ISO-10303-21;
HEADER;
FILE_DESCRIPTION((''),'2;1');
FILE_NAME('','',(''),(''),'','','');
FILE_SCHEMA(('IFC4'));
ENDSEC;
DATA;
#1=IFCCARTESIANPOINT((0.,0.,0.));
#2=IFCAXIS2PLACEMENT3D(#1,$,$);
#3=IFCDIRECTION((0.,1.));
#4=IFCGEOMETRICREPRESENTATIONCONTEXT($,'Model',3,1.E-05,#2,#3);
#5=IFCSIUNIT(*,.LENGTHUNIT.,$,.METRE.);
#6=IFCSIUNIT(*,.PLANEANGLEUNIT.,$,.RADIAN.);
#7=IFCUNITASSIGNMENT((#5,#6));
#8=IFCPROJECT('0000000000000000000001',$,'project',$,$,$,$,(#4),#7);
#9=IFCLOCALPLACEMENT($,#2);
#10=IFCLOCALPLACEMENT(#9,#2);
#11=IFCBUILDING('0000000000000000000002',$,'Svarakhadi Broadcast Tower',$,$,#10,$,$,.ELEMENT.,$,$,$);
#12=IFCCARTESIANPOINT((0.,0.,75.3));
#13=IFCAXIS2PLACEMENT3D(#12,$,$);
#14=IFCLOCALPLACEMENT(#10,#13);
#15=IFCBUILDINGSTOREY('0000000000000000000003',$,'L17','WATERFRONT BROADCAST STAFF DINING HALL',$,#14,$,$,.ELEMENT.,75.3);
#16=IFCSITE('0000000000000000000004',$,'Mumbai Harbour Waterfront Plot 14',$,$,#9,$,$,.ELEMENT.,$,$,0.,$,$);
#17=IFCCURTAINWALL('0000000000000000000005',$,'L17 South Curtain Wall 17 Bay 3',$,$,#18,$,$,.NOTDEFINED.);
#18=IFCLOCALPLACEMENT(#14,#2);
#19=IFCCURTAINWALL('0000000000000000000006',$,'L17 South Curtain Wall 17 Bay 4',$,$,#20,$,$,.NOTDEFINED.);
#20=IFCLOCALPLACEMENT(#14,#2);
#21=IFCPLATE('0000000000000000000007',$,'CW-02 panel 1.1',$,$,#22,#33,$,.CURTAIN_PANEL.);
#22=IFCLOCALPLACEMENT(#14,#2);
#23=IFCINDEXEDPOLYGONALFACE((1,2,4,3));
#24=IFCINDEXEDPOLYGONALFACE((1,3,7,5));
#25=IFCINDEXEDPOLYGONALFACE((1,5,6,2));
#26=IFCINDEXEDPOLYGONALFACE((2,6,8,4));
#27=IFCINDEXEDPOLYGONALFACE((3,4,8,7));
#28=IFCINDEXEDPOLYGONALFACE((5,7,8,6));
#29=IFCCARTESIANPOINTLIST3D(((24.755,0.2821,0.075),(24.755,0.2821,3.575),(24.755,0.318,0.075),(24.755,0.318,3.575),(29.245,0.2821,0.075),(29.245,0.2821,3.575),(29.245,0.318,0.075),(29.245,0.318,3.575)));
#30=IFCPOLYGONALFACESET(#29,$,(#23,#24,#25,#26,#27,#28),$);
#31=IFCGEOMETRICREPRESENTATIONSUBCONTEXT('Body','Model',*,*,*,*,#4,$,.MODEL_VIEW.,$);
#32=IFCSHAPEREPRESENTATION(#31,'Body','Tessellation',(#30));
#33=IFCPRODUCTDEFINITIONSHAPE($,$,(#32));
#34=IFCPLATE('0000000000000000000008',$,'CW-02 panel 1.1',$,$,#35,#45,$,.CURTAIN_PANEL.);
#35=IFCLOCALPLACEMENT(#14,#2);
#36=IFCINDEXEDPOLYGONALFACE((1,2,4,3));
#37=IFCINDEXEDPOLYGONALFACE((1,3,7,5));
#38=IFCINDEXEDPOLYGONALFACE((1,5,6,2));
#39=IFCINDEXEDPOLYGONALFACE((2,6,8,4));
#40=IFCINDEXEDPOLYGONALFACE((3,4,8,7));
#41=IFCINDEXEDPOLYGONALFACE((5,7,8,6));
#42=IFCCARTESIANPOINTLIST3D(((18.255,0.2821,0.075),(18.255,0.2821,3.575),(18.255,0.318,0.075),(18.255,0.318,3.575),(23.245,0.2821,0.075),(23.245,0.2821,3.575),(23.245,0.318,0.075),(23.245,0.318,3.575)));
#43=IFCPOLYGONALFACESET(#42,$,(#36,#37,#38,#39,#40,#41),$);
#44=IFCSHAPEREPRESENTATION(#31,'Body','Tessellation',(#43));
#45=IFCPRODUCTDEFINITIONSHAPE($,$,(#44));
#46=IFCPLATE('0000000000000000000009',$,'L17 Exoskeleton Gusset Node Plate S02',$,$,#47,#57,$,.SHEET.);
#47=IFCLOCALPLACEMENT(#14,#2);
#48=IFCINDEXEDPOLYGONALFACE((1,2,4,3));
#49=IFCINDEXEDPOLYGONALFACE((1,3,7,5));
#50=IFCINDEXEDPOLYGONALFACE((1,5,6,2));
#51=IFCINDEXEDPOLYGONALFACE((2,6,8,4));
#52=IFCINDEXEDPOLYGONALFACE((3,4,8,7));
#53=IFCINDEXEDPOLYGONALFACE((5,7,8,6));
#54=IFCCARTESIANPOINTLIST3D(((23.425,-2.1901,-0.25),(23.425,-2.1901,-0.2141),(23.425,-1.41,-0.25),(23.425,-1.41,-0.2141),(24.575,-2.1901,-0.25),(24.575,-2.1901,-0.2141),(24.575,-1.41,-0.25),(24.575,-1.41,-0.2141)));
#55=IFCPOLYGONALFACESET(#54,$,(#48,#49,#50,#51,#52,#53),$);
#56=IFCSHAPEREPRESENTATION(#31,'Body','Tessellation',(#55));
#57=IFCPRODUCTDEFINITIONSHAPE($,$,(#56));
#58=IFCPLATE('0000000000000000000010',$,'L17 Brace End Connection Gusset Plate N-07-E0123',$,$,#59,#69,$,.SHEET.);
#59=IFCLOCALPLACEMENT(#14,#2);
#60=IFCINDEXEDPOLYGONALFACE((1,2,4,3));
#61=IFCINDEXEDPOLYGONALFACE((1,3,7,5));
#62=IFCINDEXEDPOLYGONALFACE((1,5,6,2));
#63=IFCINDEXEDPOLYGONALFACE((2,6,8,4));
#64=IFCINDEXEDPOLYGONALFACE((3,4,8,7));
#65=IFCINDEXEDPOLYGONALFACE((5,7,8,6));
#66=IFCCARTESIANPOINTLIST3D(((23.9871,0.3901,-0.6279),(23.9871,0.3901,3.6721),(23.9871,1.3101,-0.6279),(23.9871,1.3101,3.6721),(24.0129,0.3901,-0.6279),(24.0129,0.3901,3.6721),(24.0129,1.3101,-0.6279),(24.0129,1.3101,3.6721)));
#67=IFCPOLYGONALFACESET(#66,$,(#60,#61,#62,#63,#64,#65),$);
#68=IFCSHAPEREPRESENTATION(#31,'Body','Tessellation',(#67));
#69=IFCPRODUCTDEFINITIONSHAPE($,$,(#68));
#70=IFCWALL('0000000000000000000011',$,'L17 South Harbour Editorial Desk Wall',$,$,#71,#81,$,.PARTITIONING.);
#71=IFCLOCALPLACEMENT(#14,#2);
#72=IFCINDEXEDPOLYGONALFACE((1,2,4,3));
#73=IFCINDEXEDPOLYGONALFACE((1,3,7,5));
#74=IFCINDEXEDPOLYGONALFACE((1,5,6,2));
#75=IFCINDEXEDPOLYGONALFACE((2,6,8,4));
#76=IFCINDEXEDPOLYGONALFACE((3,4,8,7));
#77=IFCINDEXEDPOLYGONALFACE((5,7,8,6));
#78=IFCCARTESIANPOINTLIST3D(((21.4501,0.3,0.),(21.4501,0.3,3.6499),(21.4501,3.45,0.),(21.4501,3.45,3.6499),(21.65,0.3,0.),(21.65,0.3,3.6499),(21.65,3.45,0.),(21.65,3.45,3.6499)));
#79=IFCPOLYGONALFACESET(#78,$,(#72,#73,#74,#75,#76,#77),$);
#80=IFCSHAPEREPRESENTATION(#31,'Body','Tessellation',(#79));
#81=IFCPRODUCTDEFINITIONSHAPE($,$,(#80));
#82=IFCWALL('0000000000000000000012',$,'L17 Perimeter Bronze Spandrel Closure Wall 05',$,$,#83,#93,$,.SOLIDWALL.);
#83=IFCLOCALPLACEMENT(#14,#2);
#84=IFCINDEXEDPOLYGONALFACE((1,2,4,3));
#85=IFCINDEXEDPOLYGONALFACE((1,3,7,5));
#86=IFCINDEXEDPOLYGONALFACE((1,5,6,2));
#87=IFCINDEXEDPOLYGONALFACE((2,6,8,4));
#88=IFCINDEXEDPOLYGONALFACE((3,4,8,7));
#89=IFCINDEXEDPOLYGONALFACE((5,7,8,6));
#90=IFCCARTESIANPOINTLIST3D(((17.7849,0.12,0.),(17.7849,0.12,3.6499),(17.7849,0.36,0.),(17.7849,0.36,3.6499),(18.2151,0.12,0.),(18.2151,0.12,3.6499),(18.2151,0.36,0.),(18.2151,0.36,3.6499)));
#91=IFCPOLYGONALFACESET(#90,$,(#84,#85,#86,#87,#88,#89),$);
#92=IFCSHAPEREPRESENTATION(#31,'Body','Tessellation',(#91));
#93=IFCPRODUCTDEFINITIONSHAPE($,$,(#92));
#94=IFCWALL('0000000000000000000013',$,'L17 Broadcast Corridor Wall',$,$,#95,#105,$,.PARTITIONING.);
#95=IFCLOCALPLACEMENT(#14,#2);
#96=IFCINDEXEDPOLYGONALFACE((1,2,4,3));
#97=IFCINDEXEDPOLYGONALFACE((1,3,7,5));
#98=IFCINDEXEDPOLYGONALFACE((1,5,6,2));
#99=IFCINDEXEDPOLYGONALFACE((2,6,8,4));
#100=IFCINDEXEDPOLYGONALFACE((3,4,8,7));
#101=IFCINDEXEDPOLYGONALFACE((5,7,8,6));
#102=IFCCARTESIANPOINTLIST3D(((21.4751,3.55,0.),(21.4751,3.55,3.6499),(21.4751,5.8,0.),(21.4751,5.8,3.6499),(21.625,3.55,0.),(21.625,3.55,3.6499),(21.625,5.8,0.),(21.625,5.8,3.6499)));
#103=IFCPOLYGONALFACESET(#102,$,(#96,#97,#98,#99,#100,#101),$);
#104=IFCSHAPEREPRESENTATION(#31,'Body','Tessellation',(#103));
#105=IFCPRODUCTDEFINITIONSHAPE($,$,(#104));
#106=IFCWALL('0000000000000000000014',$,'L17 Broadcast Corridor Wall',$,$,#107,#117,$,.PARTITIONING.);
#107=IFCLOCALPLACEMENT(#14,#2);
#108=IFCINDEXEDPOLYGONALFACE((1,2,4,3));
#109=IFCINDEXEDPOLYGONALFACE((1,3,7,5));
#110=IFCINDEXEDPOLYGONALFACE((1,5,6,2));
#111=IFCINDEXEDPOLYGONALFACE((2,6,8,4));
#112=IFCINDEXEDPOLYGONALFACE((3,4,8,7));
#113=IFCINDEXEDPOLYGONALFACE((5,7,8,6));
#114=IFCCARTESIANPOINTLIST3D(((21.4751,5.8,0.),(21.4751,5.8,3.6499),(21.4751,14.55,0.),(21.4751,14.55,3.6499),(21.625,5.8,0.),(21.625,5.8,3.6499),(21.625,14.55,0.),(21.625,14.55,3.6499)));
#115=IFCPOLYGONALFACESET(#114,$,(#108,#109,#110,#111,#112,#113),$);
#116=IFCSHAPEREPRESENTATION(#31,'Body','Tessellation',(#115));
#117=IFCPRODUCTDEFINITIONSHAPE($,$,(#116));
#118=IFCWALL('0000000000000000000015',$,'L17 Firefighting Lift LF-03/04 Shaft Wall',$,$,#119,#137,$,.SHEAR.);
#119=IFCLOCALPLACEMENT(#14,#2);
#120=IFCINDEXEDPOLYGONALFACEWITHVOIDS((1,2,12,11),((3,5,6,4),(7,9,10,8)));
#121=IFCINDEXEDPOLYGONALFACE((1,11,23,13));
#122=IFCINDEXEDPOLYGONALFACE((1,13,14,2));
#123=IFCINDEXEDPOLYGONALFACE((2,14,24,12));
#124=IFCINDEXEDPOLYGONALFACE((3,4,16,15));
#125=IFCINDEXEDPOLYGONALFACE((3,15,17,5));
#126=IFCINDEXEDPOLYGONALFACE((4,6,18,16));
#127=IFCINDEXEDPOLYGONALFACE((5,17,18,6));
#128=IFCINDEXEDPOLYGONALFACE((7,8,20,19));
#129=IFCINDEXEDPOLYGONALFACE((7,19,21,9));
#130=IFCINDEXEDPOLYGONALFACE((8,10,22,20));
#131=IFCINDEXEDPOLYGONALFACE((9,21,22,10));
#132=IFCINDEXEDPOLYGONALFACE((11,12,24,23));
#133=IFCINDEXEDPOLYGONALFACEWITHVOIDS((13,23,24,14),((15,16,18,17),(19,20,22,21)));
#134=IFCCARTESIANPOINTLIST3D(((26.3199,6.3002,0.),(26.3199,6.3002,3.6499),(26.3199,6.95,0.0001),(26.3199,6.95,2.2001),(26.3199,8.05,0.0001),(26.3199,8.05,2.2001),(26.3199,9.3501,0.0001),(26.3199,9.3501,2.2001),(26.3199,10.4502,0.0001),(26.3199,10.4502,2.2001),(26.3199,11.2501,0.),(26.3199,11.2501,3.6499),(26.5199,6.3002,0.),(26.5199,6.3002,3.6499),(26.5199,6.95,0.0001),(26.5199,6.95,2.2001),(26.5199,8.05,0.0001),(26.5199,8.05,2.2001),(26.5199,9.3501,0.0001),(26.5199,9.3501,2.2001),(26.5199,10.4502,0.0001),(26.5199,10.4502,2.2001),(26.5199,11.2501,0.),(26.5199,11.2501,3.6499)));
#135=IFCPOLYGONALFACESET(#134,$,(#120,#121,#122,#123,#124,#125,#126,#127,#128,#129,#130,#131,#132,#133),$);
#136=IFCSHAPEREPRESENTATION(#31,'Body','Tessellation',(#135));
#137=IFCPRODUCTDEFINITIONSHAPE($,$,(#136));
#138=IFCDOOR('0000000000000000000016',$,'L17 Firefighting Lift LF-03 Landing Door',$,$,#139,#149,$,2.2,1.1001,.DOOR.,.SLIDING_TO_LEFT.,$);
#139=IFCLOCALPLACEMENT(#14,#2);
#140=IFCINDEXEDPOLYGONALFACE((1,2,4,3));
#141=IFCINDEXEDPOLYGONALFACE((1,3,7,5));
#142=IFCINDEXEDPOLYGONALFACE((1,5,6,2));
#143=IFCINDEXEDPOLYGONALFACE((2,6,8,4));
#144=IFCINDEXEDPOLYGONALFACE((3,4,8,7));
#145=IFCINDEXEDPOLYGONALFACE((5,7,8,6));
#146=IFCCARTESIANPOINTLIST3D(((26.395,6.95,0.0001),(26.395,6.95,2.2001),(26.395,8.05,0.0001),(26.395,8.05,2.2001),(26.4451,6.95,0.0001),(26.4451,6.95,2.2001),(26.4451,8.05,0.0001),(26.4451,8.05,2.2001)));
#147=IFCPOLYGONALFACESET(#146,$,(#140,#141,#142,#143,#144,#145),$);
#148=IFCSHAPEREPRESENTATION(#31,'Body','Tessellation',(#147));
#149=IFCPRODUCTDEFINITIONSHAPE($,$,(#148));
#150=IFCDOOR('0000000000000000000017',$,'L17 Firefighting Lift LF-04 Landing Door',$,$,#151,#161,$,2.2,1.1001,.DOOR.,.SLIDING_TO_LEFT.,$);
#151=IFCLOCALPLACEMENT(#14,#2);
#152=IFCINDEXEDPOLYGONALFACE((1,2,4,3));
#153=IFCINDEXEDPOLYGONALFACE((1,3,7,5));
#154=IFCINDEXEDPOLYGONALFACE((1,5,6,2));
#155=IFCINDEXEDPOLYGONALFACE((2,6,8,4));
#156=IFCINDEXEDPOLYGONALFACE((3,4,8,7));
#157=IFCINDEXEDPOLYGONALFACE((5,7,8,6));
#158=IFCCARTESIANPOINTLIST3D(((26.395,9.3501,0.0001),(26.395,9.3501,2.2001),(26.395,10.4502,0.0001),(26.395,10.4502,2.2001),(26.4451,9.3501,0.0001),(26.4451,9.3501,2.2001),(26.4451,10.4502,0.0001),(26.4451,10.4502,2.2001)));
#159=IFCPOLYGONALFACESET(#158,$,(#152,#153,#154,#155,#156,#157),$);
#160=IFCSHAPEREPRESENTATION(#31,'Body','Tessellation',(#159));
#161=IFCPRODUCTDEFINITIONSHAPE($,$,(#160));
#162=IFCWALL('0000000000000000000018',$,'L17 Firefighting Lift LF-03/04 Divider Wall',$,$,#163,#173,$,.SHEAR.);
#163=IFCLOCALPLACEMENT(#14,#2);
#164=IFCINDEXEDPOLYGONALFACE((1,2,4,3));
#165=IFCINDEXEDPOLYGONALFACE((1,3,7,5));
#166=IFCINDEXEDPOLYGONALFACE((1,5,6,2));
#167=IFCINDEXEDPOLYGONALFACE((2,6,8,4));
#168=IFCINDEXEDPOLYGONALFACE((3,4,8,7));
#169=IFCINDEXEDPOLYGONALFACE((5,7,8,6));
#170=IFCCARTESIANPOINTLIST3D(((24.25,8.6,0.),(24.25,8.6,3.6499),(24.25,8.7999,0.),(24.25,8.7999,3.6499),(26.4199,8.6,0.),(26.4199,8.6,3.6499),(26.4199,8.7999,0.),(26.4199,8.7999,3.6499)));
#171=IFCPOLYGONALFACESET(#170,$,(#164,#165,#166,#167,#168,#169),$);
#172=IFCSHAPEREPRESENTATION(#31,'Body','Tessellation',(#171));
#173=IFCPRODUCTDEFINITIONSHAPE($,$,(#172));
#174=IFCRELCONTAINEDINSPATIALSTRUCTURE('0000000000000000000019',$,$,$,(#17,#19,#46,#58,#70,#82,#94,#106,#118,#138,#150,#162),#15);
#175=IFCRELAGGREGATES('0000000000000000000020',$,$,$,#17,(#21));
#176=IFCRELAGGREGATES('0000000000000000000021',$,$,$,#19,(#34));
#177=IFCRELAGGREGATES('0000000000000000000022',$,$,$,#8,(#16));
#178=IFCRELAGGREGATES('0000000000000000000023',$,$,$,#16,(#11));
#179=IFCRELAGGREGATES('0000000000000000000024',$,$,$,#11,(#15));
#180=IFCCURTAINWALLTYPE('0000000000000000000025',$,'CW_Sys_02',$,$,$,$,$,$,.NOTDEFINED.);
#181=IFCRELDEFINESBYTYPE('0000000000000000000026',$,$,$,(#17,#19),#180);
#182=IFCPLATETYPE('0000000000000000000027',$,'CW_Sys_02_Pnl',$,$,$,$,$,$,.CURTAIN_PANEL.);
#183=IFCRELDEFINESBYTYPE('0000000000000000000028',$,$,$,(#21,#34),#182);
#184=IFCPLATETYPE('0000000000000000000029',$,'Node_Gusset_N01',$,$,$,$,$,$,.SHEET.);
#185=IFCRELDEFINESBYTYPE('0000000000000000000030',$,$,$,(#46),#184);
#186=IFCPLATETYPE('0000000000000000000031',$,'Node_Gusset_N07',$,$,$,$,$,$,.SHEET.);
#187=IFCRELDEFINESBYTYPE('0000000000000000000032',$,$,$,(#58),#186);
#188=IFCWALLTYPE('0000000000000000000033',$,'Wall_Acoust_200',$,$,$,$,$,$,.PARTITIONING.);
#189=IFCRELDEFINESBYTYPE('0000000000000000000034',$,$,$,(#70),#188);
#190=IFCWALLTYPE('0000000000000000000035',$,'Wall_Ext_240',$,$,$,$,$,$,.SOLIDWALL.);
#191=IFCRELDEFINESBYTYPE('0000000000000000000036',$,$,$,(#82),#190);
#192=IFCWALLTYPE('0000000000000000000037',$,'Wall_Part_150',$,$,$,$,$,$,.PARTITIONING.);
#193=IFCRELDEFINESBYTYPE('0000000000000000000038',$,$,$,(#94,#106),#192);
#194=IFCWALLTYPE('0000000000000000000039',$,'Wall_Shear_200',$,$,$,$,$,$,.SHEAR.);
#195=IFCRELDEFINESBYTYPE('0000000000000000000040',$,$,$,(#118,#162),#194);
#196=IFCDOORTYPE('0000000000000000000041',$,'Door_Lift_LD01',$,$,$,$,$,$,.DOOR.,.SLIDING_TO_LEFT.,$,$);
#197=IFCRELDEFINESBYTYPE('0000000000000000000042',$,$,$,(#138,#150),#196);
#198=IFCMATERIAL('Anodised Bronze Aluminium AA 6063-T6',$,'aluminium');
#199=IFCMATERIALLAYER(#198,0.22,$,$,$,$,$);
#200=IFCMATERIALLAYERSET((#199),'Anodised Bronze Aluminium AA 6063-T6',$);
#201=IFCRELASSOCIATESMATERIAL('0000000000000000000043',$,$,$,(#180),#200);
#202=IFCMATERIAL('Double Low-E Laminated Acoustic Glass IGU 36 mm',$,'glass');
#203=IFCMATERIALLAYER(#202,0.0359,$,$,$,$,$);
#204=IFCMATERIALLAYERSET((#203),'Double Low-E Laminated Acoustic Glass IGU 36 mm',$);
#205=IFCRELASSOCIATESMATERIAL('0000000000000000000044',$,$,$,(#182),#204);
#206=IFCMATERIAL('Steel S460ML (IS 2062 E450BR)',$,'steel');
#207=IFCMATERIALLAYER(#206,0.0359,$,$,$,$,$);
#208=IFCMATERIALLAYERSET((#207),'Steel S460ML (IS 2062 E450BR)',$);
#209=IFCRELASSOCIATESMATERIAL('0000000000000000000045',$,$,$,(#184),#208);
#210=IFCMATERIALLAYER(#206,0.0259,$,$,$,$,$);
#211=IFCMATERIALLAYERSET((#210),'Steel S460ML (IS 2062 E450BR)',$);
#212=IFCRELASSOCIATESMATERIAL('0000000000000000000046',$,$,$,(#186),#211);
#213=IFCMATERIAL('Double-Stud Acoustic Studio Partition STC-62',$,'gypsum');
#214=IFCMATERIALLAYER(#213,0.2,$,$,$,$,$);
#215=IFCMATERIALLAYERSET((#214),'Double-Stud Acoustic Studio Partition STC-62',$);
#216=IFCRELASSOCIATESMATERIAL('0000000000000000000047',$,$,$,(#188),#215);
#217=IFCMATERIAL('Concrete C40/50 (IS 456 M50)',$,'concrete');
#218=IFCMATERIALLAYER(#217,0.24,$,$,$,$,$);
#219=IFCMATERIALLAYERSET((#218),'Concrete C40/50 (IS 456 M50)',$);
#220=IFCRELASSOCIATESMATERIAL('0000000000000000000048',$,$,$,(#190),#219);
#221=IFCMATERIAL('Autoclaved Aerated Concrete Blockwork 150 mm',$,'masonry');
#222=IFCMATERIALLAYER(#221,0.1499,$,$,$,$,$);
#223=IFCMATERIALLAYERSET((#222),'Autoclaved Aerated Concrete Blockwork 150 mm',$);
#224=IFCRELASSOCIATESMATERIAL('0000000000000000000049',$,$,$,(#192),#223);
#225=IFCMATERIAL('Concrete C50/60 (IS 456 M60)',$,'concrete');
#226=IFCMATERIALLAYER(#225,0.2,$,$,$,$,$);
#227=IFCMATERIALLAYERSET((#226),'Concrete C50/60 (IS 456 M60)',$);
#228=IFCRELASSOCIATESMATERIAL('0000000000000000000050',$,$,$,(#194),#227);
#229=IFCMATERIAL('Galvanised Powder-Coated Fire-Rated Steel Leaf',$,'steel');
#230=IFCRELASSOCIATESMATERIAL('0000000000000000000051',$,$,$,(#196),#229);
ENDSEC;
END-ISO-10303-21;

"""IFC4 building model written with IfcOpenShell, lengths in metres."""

from ifc_helpers import new_model, si_unit, direction, frame, frame_2d, origin, origin_2d, place, context, subcontext, project, spatial, rectangle, extrude, material, layer, layer_set, type_object, element, fill, aggregate, save


model = new_model("IFC4")

# Units and contexts
model_context = context("Model", 3, precision=1e-05, world=origin(), true_north=direction((0.0, 1.0)))
body_context = subcontext(model_context, "Body", "Model", "MODEL_VIEW")
ifc_project = project(units=[si_unit("LENGTHUNIT", "METRE"), si_unit("PLANEANGLEUNIT", "RADIAN")], contexts=[model_context])

# Site, building, storey
site_placement = place(None, origin())
site = spatial("IfcSite", under=ifc_project, at=site_placement, Name="Mumbai Harbour Waterfront Plot 14", CompositionType="ELEMENT", RefElevation=0.0)
building_placement = place(site_placement, origin())
building = spatial("IfcBuilding", under=site, at=building_placement, Name="Svarakhadi Broadcast Tower", CompositionType="ELEMENT")
storey_placement = place(building_placement, frame((0.0, 0.0, 75.3)))
storey = spatial("IfcBuildingStorey", under=building, at=storey_placement, Name="L17", Description="WATERFRONT BROADCAST STAFF DINING HALL", CompositionType="ELEMENT", Elevation=75.3)

# Curtain wall
ifc_material_1 = material(Name="Anodised Bronze Aluminium AA 6063-T6", Category="aluminium")
ifc_layer_1 = layer(ifc_material_1, 0.22)
ifc_layer_set_1 = layer_set([ifc_layer_1], Name="Anodised Bronze Aluminium AA 6063-T6")
curtain_wall_type = type_object("IfcCurtainWallType", Name="CW_Sys_02", PredefinedType="NOTDEFINED", material=ifc_layer_set_1)
curtain_wall_1_placement = place(storey_placement, origin())
curtain_wall_1 = element("IfcCurtainWall", 1, at=curtain_wall_1_placement, inside=storey, type_object=curtain_wall_type, Name="L17 South Curtain Wall 17 Bay 3", PredefinedType="NOTDEFINED")

# Curtain wall
curtain_wall_2_placement = place(storey_placement, origin())
curtain_wall_2 = element("IfcCurtainWall", 2, at=curtain_wall_2_placement, inside=storey, type_object=curtain_wall_type, Name="L17 South Curtain Wall 17 Bay 4", PredefinedType="NOTDEFINED")

# Shared definitions
ifc_material_2 = material(Name="Steel S460ML (IS 2062 E450BR)", Category="steel")

# Plates
ifc_material_3 = material(Name="Double Low-E Laminated Acoustic Glass IGU 36 mm", Category="glass")
ifc_layer_2 = layer(ifc_material_3, 0.0359)
ifc_layer_set_2 = layer_set([ifc_layer_2], Name="Double Low-E Laminated Acoustic Glass IGU 36 mm")
plate_type_1 = type_object("IfcPlateType", Name="CW_Sys_02_Pnl", PredefinedType="CURTAIN_PANEL", material=ifc_layer_set_2)
plate_1_placement = place(storey_placement, frame((27.0, 0.3, 0.075), z_axis=(0.0, 0.0, 1.0), x_axis=(-1.0, 0.0, 0.0)))
plate_1 = element("IfcPlate", 3, at=plate_1_placement, type_object=plate_type_1, Name="CW-02 panel 1.1", PredefinedType="CURTAIN_PANEL", context=body_context, shape_type="SweptSolid", body=[
    extrude(rectangle(XDim=4.49, YDim=0.0359, at=origin_2d()), origin(), (0.0, 0.0, 1.0), 3.5),
])
aggregate(curtain_wall_1, [plate_1])
plate_2_placement = place(storey_placement, frame((20.75, 0.3, 0.075), z_axis=(0.0, 0.0, 1.0), x_axis=(-1.0, 0.0, 0.0)))
plate_2 = element("IfcPlate", 4, at=plate_2_placement, type_object=plate_type_1, Name="CW-02 panel 1.1", PredefinedType="CURTAIN_PANEL", context=body_context, shape_type="SweptSolid", body=[
    extrude(rectangle(XDim=4.99, YDim=0.0359, at=origin_2d()), origin(), (0.0, 0.0, 1.0), 3.5),
])
aggregate(curtain_wall_2, [plate_2])

# Plates
ifc_layer_3 = layer(ifc_material_2, 0.0359)
ifc_layer_set_3 = layer_set([ifc_layer_3], Name="Steel S460ML (IS 2062 E450BR)")
plate_type_2 = type_object("IfcPlateType", Name="Node_Gusset_N01", PredefinedType="SHEET", material=ifc_layer_set_3)
plate_3_placement = place(storey_placement, frame((24.0, -1.8, -0.25), z_axis=(0.0, 0.0, 1.0), x_axis=(1.0, 0.0, 0.0)))
element("IfcPlate", 5, at=plate_3_placement, inside=storey, type_object=plate_type_2, Name="L17 Exoskeleton Gusset Node Plate S02", PredefinedType="SHEET", context=body_context, shape_type="SweptSolid", body=[
    extrude(rectangle(XDim=1.1499, YDim=0.78, at=origin_2d()), origin(), (0.0, 0.0, 1.0), 0.0359),
])
ifc_layer_4 = layer(ifc_material_2, 0.0259)
ifc_layer_set_4 = layer_set([ifc_layer_4], Name="Steel S460ML (IS 2062 E450BR)")
plate_type_3 = type_object("IfcPlateType", Name="Node_Gusset_N07", PredefinedType="SHEET", material=ifc_layer_set_4)
plate_4_placement = place(storey_placement, frame((24.0, 0.8501, -0.6279), z_axis=(0.0, 0.0, 1.0), x_axis=(0.0, 1.0, 0.0)))
element("IfcPlate", 6, at=plate_4_placement, inside=storey, type_object=plate_type_3, Name="L17 Brace End Connection Gusset Plate N-07-E0123", PredefinedType="SHEET", context=body_context, shape_type="SweptSolid", body=[
    extrude(rectangle(XDim=0.9199, YDim=0.0259, at=origin_2d()), origin(), (0.0, 0.0, 1.0), 4.3),
])

# Walls
ifc_material_4 = material(Name="Double-Stud Acoustic Studio Partition STC-62", Category="gypsum")
ifc_layer_5 = layer(ifc_material_4, 0.2)
ifc_layer_set_5 = layer_set([ifc_layer_5], Name="Double-Stud Acoustic Studio Partition STC-62")
wall_type_1 = type_object("IfcWallType", Name="Wall_Acoust_200", PredefinedType="PARTITIONING", material=ifc_layer_set_5)
wall_1_placement = place(storey_placement, frame((21.55, 0.3, 0.0), z_axis=(0.0, 0.0, 1.0), x_axis=(0.0, 1.0, 0.0)))
element("IfcWall", 7, at=wall_1_placement, inside=storey, type_object=wall_type_1, Name="L17 South Harbour Editorial Desk Wall", PredefinedType="PARTITIONING", context=body_context, shape_type="SweptSolid", body=[
    extrude(rectangle(XDim=3.1499, YDim=0.2, at=frame_2d((1.575, 0.0))), origin(), (0.0, 0.0, 1.0), 3.6499),
])
ifc_material_5 = material(Name="Concrete C40/50 (IS 456 M50)", Category="concrete")
ifc_layer_6 = layer(ifc_material_5, 0.24)
ifc_layer_set_6 = layer_set([ifc_layer_6], Name="Concrete C40/50 (IS 456 M50)")
wall_type_2 = type_object("IfcWallType", Name="Wall_Ext_240", PredefinedType="SOLIDWALL", material=ifc_layer_set_6)
wall_2_placement = place(storey_placement, frame((18.2151, 0.24, 0.0), z_axis=(0.0, 0.0, 1.0), x_axis=(-1.0, 0.0, 0.0)))
element("IfcWall", 8, at=wall_2_placement, inside=storey, type_object=wall_type_2, Name="L17 Perimeter Bronze Spandrel Closure Wall 05", PredefinedType="SOLIDWALL", context=body_context, shape_type="SweptSolid", body=[
    extrude(rectangle(XDim=0.4302, YDim=0.24, at=frame_2d((0.2151, 0.0))), origin(), (0.0, 0.0, 1.0), 3.6499),
])
ifc_material_6 = material(Name="Autoclaved Aerated Concrete Blockwork 150 mm", Category="masonry")
ifc_layer_7 = layer(ifc_material_6, 0.1499)
ifc_layer_set_7 = layer_set([ifc_layer_7], Name="Autoclaved Aerated Concrete Blockwork 150 mm")
wall_type_3 = type_object("IfcWallType", Name="Wall_Part_150", PredefinedType="PARTITIONING", material=ifc_layer_set_7)
wall_3_placement = place(storey_placement, frame((21.55, 3.55, 0.0), z_axis=(0.0, 0.0, 1.0), x_axis=(0.0, 1.0, 0.0)))
element("IfcWall", 9, at=wall_3_placement, inside=storey, type_object=wall_type_3, Name="L17 Broadcast Corridor Wall", PredefinedType="PARTITIONING", context=body_context, shape_type="SweptSolid", body=[
    extrude(rectangle(XDim=2.25, YDim=0.1499, at=frame_2d((1.125, 0.0))), origin(), (0.0, 0.0, 1.0), 3.6499),
])
wall_4_placement = place(storey_placement, frame((21.55, 5.8, 0.0), z_axis=(0.0, 0.0, 1.0), x_axis=(0.0, 1.0, 0.0)))
element("IfcWall", 10, at=wall_4_placement, inside=storey, type_object=wall_type_3, Name="L17 Broadcast Corridor Wall", PredefinedType="PARTITIONING", context=body_context, shape_type="SweptSolid", body=[
    extrude(rectangle(XDim=8.75, YDim=0.1499, at=frame_2d((4.375, 0.0))), origin(), (0.0, 0.0, 1.0), 3.6499),
])

# Wall, openings, doors
ifc_material_7 = material(Name="Concrete C50/60 (IS 456 M60)", Category="concrete")
ifc_layer_8 = layer(ifc_material_7, 0.2)
ifc_layer_set_8 = layer_set([ifc_layer_8], Name="Concrete C50/60 (IS 456 M60)")
wall_type_4 = type_object("IfcWallType", Name="Wall_Shear_200", PredefinedType="SHEAR", material=ifc_layer_set_8)
wall_5_placement = place(storey_placement, frame((26.4199, 6.3, 0.0), z_axis=(0.0, 0.0, 1.0), x_axis=(0.0, 1.0, 0.0)))
wall_5 = element("IfcWall", 11, at=wall_5_placement, inside=storey, type_object=wall_type_4, Name="L17 Firefighting Lift LF-03/04 Shaft Wall", PredefinedType="SHEAR", context=body_context, shape_type="SweptSolid", body=[
    extrude(rectangle(XDim=4.95, YDim=0.2, at=frame_2d((2.4751, 0.0))), origin(), (0.0, 0.0, 1.0), 3.6499),
])
opening_1_placement = place(wall_5_placement, frame((0.6499, 0.0, 0.0)))
opening_1 = element("IfcOpeningElement", 12, at=opening_1_placement, cuts=wall_5, PredefinedType="OPENING", context=body_context, shape_type="SweptSolid", body=[
    extrude(rectangle(XDim=1.1001, YDim=2.2, at=frame_2d((0.55, 1.1001))), frame((0.0, 0.1099, 0.0), z_axis=(0.0, -1.0, 0.0), x_axis=(1.0, 0.0, 0.0)), (0.0, 0.0, 1.0), 0.22),
])
opening_2_placement = place(wall_5_placement, frame((3.05, 0.0, 0.0)))
opening_2 = element("IfcOpeningElement", 13, at=opening_2_placement, cuts=wall_5, PredefinedType="OPENING", context=body_context, shape_type="SweptSolid", body=[
    extrude(rectangle(XDim=1.1001, YDim=2.2, at=frame_2d((0.55, 1.1001))), frame((0.0, 0.1099, 0.0), z_axis=(0.0, -1.0, 0.0), x_axis=(1.0, 0.0, 0.0)), (0.0, 0.0, 1.0), 0.22),
])
ifc_material_8 = material(Name="Galvanised Powder-Coated Fire-Rated Steel Leaf", Category="steel")
door_type_1 = type_object("IfcDoorType", Name="Door_Lift_LD01", OperationType="SLIDING_TO_LEFT", PredefinedType="DOOR", material=ifc_material_8)
door_1_placement = place(opening_1_placement, origin())
door_1 = element("IfcDoor", 14, at=door_1_placement, inside=storey, type_object=door_type_1, Name="L17 Firefighting Lift LF-03 Landing Door", OperationType="SLIDING_TO_LEFT", OverallHeight=2.2, OverallWidth=1.1001, PredefinedType="DOOR", context=body_context, shape_type="SweptSolid", body=[
    extrude(rectangle(XDim=1.1001, YDim=2.2, at=frame_2d((0.55, 1.1001))), frame((0.0, 0.0249, 0.0), z_axis=(0.0, -1.0, 0.0), x_axis=(1.0, 0.0, 0.0)), (0.0, 0.0, 1.0), 0.05),
])
fill(opening_1, door_1)
door_2_placement = place(opening_2_placement, origin())
door_2 = element("IfcDoor", 15, at=door_2_placement, inside=storey, type_object=door_type_1, Name="L17 Firefighting Lift LF-04 Landing Door", OperationType="SLIDING_TO_LEFT", OverallHeight=2.2, OverallWidth=1.1001, PredefinedType="DOOR", context=body_context, shape_type="SweptSolid", body=[
    extrude(rectangle(XDim=1.1001, YDim=2.2, at=frame_2d((0.55, 1.1001))), frame((0.0, 0.0249, 0.0), z_axis=(0.0, -1.0, 0.0), x_axis=(1.0, 0.0, 0.0)), (0.0, 0.0, 1.0), 0.05),
])
fill(opening_2, door_2)

# Wall
for number, where, z_axis, x_axis, name in (
    (16, (24.25, 8.7, 0.0), (0.0, 0.0, 1.0), (1.0, 0.0, 0.0), "L17 Firefighting Lift LF-03/04 Divider Wall"),
):
    element("IfcWall", number, at=place(storey_placement, frame(where, z_axis=z_axis, x_axis=x_axis)), inside=storey, type_object=wall_type_4, Name=name, PredefinedType="SHEAR", context=body_context, shape_type="SweptSolid", body=[
        extrude(rectangle(XDim=2.1699, YDim=0.2, at=frame_2d((1.085, 0.0))), origin(), (0.0, 0.0, 1.0), 3.6499),
    ])

save(model, "model.ifc")
